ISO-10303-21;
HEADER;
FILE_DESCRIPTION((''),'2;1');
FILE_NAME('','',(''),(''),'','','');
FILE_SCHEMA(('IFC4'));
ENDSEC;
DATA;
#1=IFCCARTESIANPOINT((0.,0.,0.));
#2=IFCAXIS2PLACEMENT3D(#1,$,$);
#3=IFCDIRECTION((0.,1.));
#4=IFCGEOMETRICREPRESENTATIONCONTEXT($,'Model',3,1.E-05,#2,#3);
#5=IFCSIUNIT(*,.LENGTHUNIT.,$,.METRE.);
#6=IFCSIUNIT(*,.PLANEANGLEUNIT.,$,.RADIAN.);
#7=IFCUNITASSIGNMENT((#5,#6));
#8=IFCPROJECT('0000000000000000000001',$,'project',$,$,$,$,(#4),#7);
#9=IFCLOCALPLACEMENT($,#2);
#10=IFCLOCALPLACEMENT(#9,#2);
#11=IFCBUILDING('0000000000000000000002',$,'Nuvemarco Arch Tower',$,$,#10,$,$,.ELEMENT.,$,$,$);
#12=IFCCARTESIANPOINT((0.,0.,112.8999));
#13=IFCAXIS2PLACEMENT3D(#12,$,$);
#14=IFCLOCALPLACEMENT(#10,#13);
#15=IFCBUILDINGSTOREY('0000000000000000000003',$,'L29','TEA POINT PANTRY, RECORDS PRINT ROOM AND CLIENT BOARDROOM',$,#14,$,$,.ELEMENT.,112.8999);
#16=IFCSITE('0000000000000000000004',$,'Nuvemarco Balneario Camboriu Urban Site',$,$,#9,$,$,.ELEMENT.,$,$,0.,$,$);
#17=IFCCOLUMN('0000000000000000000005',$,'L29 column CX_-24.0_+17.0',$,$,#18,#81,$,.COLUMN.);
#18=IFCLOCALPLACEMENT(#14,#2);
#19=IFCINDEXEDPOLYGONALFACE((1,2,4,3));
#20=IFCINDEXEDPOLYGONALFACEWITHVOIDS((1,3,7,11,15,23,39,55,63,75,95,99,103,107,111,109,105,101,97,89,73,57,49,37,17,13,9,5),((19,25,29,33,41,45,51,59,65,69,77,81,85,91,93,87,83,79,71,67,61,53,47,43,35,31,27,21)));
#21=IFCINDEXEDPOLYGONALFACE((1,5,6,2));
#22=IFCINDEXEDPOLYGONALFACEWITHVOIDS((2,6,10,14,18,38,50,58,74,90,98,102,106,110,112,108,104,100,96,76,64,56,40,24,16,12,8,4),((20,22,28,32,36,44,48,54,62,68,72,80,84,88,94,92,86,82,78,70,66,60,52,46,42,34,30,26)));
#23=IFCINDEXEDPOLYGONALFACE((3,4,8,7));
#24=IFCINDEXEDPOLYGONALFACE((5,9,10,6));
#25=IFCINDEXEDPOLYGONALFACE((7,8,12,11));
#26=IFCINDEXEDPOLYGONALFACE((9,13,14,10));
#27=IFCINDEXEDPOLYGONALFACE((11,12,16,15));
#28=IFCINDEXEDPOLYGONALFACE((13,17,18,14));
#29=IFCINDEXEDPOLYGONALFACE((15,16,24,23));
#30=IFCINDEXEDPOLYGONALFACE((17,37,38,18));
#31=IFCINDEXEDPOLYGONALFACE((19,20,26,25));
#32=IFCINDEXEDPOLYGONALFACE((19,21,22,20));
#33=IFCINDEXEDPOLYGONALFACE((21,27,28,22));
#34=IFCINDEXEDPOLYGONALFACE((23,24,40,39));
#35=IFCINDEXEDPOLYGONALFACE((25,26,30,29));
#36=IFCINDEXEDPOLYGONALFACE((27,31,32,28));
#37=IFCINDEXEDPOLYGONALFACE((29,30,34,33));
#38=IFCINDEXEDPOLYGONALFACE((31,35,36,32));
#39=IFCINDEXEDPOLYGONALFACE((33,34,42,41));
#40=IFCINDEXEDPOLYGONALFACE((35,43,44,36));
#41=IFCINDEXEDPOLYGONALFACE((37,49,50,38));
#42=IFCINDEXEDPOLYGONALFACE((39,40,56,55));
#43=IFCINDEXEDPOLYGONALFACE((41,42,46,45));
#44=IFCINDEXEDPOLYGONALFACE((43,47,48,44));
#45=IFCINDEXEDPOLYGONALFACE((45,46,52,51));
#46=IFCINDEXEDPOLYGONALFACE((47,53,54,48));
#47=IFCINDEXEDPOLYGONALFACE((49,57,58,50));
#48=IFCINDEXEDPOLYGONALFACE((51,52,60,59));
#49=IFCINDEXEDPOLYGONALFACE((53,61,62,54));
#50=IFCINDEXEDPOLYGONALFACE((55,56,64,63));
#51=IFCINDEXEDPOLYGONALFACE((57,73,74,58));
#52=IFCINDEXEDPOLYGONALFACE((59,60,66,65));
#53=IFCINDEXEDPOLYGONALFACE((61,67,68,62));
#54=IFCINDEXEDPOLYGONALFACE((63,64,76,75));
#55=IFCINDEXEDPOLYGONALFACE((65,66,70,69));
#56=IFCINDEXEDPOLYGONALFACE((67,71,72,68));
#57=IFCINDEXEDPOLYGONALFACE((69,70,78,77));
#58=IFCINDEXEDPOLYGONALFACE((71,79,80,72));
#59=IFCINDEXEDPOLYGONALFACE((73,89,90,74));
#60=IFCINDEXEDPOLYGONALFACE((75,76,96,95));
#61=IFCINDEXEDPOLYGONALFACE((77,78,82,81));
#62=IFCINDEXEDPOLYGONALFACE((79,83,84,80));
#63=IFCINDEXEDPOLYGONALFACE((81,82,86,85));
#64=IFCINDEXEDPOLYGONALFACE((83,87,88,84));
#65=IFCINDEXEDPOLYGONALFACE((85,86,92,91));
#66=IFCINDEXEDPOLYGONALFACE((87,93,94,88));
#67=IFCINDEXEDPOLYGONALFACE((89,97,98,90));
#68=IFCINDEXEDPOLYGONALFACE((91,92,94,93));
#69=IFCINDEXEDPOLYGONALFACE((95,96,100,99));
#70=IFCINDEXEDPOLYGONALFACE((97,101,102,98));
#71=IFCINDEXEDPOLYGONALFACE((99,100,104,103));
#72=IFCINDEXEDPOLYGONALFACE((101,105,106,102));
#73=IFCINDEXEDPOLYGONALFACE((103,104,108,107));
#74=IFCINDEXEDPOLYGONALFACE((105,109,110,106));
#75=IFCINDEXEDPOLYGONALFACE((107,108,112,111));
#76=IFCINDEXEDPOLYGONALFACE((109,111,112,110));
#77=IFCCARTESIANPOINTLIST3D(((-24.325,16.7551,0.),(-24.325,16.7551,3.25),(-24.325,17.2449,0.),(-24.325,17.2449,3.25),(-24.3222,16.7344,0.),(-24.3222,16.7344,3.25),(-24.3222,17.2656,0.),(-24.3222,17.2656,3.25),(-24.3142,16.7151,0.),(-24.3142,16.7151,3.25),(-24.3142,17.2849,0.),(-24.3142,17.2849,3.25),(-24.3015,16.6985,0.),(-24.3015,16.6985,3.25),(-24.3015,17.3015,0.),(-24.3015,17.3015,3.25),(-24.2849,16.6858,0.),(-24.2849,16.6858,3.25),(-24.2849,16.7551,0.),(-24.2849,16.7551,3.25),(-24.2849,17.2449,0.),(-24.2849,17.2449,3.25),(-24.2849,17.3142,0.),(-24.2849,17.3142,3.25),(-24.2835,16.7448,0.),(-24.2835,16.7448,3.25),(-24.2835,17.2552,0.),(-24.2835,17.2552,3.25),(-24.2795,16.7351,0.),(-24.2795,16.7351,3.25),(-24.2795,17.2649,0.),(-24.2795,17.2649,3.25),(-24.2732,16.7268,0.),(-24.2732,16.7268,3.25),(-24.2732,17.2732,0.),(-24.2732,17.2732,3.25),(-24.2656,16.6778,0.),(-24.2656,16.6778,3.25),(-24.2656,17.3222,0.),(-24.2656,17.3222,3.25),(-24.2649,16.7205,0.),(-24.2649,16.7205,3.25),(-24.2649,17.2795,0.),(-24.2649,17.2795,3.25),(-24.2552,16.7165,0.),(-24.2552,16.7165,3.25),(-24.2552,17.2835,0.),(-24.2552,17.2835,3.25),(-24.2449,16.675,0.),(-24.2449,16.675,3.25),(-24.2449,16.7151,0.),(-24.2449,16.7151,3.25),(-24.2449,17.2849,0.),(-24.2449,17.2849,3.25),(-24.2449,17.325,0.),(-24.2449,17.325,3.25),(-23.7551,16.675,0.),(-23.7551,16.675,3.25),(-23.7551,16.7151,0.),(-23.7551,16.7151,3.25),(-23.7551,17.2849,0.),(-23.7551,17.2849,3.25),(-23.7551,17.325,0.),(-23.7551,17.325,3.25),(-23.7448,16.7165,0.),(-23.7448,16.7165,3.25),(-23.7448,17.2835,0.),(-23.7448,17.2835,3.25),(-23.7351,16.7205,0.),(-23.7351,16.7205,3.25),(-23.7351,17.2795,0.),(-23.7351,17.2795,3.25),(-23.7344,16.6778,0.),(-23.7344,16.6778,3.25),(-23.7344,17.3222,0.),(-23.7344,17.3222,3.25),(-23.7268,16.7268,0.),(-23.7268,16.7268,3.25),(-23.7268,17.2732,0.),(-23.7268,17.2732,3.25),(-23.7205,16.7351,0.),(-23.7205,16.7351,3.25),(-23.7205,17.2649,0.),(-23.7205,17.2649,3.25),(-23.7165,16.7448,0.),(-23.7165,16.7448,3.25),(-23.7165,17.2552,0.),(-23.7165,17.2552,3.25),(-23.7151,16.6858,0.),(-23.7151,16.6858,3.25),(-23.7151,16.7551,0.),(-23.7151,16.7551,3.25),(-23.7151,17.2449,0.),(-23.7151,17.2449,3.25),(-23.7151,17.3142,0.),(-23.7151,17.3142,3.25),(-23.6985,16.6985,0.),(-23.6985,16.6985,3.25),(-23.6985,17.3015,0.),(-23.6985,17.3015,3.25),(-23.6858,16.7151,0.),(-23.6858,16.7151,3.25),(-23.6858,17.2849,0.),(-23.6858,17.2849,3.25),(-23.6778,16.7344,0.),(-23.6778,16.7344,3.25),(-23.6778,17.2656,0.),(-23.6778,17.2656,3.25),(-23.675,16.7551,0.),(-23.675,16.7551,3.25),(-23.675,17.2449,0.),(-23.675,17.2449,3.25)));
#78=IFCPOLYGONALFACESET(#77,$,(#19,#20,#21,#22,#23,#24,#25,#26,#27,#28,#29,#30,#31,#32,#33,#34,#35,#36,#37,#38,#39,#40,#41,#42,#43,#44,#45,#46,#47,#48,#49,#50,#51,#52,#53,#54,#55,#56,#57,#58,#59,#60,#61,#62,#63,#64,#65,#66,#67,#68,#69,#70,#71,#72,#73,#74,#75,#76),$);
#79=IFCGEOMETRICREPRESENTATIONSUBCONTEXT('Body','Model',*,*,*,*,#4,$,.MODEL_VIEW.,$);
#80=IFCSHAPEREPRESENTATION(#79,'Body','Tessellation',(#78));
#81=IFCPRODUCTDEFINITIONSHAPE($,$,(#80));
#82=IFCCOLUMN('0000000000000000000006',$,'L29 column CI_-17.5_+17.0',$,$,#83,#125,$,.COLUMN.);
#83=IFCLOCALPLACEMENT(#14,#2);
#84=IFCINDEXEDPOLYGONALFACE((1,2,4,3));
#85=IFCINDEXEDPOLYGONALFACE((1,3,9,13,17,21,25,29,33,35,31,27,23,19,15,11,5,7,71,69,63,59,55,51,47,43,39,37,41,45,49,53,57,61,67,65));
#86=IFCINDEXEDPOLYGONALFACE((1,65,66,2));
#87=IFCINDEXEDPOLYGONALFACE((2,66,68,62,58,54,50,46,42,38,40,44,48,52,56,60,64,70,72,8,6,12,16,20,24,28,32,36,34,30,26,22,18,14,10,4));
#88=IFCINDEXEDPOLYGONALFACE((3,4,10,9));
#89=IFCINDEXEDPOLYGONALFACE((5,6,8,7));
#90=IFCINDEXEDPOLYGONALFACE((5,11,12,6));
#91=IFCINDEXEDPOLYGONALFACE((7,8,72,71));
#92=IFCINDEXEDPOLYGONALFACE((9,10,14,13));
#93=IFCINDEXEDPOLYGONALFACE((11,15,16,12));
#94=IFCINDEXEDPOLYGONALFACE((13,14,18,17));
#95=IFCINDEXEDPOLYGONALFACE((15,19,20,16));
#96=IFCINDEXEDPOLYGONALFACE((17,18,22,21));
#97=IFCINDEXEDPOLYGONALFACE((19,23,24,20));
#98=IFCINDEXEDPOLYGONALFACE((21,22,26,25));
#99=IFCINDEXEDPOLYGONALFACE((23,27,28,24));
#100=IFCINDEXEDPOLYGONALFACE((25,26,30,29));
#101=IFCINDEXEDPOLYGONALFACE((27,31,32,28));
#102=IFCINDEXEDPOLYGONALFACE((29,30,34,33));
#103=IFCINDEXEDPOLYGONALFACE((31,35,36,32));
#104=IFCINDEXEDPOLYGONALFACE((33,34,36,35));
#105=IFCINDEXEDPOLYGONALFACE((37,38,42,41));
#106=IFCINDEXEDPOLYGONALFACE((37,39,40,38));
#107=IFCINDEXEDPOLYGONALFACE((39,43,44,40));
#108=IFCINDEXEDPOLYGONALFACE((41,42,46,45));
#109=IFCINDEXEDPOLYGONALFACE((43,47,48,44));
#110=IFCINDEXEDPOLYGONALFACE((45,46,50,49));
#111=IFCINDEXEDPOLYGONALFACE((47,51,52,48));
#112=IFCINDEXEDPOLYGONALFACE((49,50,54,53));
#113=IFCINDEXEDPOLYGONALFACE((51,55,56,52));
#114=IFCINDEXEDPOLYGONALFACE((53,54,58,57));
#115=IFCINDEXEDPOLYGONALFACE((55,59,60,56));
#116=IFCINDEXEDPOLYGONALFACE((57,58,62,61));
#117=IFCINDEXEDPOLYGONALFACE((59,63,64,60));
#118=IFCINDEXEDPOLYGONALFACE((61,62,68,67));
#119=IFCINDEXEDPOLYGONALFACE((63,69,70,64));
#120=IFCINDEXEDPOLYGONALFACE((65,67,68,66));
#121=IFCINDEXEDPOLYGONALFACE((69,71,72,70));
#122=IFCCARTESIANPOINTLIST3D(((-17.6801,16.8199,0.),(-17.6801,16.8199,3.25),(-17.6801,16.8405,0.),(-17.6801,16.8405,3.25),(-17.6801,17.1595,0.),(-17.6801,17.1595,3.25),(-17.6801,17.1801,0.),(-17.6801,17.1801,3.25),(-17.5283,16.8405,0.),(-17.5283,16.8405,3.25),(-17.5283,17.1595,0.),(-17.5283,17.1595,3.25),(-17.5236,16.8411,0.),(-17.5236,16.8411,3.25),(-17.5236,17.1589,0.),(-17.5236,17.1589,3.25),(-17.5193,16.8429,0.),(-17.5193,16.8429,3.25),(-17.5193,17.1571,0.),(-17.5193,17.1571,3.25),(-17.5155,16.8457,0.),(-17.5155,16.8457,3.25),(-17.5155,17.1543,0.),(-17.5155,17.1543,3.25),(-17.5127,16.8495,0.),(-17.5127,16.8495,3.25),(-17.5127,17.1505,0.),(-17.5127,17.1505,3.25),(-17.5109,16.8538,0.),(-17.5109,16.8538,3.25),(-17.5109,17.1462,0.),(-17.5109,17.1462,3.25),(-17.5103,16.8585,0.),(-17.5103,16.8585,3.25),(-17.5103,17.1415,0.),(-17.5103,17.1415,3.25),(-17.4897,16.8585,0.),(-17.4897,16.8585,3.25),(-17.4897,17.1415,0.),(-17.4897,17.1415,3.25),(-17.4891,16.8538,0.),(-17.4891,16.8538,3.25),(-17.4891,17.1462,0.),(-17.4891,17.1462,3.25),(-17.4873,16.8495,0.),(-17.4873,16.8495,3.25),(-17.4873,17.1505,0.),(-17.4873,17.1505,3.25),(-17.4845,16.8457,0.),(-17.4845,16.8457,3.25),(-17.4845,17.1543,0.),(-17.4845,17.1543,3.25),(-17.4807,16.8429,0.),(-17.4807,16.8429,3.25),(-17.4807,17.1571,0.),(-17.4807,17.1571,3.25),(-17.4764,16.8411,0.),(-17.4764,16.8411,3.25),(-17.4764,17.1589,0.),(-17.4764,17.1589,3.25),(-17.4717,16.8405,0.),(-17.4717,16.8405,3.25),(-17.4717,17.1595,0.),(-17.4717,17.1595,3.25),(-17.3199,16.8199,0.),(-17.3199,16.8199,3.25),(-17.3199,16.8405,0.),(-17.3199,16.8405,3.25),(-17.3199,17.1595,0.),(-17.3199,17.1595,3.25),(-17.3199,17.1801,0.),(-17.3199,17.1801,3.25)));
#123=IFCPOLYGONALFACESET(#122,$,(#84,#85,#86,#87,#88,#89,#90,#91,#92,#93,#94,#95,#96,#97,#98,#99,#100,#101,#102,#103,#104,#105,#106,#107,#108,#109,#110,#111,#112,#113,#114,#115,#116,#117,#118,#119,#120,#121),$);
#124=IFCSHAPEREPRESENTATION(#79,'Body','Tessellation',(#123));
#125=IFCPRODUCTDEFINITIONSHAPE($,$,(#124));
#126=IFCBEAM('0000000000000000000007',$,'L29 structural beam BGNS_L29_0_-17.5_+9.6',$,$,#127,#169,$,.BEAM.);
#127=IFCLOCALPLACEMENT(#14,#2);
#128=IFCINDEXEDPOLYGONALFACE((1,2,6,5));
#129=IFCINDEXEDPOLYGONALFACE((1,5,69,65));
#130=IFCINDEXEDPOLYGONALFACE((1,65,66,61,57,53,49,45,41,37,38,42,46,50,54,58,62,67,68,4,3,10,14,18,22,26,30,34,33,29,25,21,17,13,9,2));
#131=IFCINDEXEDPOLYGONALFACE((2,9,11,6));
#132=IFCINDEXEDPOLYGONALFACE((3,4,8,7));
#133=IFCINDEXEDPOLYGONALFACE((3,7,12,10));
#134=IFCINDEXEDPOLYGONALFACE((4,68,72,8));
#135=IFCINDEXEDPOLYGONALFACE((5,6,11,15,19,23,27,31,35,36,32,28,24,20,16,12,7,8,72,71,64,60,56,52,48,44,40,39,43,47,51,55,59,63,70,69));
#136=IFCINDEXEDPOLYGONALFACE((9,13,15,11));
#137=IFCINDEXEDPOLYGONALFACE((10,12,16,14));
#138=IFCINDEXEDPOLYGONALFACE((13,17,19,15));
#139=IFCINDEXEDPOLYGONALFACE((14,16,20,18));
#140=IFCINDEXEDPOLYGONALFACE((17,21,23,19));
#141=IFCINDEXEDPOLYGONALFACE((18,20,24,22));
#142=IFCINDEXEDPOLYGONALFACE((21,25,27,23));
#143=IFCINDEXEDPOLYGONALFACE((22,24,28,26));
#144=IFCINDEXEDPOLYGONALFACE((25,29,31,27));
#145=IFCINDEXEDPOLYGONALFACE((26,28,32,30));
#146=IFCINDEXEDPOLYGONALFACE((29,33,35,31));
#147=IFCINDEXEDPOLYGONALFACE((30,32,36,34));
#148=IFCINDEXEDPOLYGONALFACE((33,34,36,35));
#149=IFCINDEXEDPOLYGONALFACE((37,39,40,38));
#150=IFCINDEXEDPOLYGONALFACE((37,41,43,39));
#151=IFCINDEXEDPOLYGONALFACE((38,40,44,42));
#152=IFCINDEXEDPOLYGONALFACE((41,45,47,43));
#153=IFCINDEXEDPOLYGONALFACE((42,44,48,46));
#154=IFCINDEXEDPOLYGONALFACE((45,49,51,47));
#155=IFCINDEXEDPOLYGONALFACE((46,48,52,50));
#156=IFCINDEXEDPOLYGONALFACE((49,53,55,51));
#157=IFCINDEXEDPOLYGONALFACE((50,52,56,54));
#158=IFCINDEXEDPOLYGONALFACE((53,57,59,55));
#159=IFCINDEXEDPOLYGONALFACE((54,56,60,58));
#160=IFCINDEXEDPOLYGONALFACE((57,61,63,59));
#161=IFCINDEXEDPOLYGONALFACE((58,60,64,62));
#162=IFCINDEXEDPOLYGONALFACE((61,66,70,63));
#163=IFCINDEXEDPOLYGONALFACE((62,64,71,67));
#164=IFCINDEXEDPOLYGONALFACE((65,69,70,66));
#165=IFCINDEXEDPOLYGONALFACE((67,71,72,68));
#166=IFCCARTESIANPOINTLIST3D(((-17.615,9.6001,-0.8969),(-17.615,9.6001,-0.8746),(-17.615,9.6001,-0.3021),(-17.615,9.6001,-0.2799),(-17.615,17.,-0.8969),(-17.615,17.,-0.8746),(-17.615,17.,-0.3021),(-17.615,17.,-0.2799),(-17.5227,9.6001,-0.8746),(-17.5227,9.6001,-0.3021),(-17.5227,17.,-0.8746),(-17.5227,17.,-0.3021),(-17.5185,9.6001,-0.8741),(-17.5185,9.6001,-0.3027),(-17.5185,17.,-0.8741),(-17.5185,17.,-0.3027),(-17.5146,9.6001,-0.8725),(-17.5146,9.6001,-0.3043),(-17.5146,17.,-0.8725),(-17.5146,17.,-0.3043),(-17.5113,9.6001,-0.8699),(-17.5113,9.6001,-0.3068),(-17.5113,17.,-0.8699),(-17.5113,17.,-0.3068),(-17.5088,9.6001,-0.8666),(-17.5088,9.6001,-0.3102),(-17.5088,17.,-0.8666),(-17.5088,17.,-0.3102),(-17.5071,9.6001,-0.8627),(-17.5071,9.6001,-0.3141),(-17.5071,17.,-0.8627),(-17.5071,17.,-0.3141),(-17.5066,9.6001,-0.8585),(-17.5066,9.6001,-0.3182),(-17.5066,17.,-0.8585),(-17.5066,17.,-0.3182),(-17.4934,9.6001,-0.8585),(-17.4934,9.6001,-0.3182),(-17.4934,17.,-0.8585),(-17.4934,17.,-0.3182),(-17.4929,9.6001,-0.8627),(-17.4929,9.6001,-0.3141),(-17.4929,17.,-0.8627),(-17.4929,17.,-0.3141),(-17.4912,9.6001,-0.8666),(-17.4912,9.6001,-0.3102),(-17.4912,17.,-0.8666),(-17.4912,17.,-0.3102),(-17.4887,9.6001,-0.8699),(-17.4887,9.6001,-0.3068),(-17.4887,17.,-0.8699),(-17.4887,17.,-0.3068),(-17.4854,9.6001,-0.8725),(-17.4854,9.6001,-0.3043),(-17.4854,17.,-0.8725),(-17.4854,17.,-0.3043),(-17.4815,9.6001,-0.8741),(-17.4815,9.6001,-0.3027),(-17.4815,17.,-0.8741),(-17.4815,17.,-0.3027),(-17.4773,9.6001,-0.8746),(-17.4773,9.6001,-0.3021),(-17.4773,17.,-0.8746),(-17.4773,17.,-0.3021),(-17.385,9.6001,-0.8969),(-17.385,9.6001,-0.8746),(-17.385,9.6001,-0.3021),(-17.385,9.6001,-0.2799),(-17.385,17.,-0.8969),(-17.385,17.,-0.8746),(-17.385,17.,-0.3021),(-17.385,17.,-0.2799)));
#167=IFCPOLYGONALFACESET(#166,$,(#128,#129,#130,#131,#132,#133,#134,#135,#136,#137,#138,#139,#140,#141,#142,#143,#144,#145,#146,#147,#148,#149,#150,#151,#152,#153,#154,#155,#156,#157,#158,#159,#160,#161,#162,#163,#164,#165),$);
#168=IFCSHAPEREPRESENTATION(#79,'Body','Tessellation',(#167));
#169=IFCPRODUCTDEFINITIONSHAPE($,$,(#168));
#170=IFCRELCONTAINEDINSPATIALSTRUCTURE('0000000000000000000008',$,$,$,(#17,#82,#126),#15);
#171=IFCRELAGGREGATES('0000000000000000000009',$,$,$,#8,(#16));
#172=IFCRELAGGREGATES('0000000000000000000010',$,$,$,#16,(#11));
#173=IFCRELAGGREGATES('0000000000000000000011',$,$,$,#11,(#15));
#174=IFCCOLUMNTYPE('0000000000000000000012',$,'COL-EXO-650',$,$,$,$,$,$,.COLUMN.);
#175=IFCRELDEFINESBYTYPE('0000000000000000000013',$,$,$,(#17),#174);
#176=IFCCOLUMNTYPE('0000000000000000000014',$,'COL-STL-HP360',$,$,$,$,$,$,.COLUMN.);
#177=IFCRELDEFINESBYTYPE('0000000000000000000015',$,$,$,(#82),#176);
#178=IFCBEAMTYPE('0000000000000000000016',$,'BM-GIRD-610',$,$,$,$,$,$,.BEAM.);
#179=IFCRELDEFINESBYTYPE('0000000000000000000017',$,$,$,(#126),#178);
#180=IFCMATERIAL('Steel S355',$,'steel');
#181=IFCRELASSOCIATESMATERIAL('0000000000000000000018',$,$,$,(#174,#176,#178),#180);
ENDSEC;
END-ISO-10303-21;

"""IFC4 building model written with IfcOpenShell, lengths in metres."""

from ifc_helpers import new_model, si_unit, direction, frame, origin, origin_2d, place, context, subcontext, project, spatial, hollow_rectangle, i_section, extrude, material, material_profile, profile_set, type_object, element, save


model = new_model("IFC4")

# Units and contexts
model_context = context("Model", 3, precision=1e-05, world=origin(), true_north=direction((0.0, 1.0)))
body_context = subcontext(model_context, "Body", "Model", "MODEL_VIEW")
ifc_project = project(units=[si_unit("LENGTHUNIT", "METRE"), si_unit("PLANEANGLEUNIT", "RADIAN")], contexts=[model_context])

# Site, building, storey
site_placement = place(None, origin())
site = spatial("IfcSite", under=ifc_project, at=site_placement, Name="Nuvemarco Balneario Camboriu Urban Site", CompositionType="ELEMENT", RefElevation=0.0)
building_placement = place(site_placement, origin())
building = spatial("IfcBuilding", under=site, at=building_placement, Name="Nuvemarco Arch Tower", CompositionType="ELEMENT")
storey_placement = place(building_placement, frame((0.0, 0.0, 112.8999)))
storey = spatial("IfcBuildingStorey", under=building, at=storey_placement, Name="L29", Description="TEA POINT PANTRY, RECORDS PRINT ROOM AND CLIENT BOARDROOM", CompositionType="ELEMENT", Elevation=112.8999)

# Columns
ifc_material_1 = material(Name="Steel S355", Category="steel")
ifc_material_profile_1 = material_profile(ifc_material_1, hollow_rectangle(XDim=0.6499, YDim=0.6499, WallThickness=0.04, InnerFilletRadius=0.04, OuterFilletRadius=0.0801, at=origin_2d()), Name="SHS650x650x40")
ifc_profile_set_1 = profile_set([ifc_material_profile_1], Name="Steel S355")
column_type_1 = type_object("IfcColumnType", Name="COL-EXO-650", PredefinedType="COLUMN", material=ifc_profile_set_1)
column_1_placement = place(storey_placement, frame((-24.0, 17.0, 0.0), z_axis=(0.0, 0.0, 1.0), x_axis=(1.0, 0.0, 0.0)))
element("IfcColumn", 1, at=column_1_placement, inside=storey, type_object=column_type_1, Name="L29 column CX_-24.0_+17.0", PredefinedType="COLUMN", context=body_context, shape_type="SweptSolid", body=[
    extrude(hollow_rectangle(XDim=0.6499, YDim=0.6499, WallThickness=0.04, InnerFilletRadius=0.04, OuterFilletRadius=0.0801, at=origin_2d()), origin(), (0.0, 0.0, 1.0), 3.25),
])
ifc_material_profile_2 = material_profile(ifc_material_1, i_section(OverallWidth=0.3601, OverallDepth=0.3601, WebThickness=0.0205, FlangeThickness=0.0205, FilletRadius=0.0181, at=origin_2d()), Name="HP360x174")
ifc_profile_set_2 = profile_set([ifc_material_profile_2], Name="Steel S355")
column_type_2 = type_object("IfcColumnType", Name="COL-STL-HP360", PredefinedType="COLUMN", material=ifc_profile_set_2)
column_2_placement = place(storey_placement, frame((-17.5, 17.0, 0.0), z_axis=(0.0, 0.0, 1.0), x_axis=(1.0, 0.0, 0.0)))
element("IfcColumn", 2, at=column_2_placement, inside=storey, type_object=column_type_2, Name="L29 column CI_-17.5_+17.0", PredefinedType="COLUMN", context=body_context, shape_type="SweptSolid", body=[
    extrude(i_section(OverallWidth=0.3601, OverallDepth=0.3601, WebThickness=0.0205, FlangeThickness=0.0205, FilletRadius=0.0181, at=origin_2d()), origin(), (0.0, 0.0, 1.0), 3.25),
])

# Beam
ifc_material_profile_3 = material_profile(ifc_material_1, i_section(OverallWidth=0.23, OverallDepth=0.6169, WebThickness=0.0132, FlangeThickness=0.0222, FilletRadius=0.0161, at=origin_2d()), Name="W610x140")
ifc_profile_set_3 = profile_set([ifc_material_profile_3], Name="Steel S355")
beam_type_1 = type_object("IfcBeamType", Name="BM-GIRD-610", PredefinedType="BEAM", material=ifc_profile_set_3)
beam_1_placement = place(storey_placement, frame((-17.5, 9.6001, -0.5884), z_axis=(0.0, 1.0, 0.0), x_axis=(-1.0, 0.0, 0.0)))
element("IfcBeam", 3, at=beam_1_placement, inside=storey, type_object=beam_type_1, Name="L29 structural beam BGNS_L29_0_-17.5_+9.6", PredefinedType="BEAM", context=body_context, shape_type="SweptSolid", body=[
    extrude(i_section(OverallWidth=0.23, OverallDepth=0.6169, WebThickness=0.0132, FlangeThickness=0.0222, FilletRadius=0.0161, at=origin_2d()), origin(), (0.0, 0.0, 1.0), 7.3999),
])

save(model, "model.ifc")
